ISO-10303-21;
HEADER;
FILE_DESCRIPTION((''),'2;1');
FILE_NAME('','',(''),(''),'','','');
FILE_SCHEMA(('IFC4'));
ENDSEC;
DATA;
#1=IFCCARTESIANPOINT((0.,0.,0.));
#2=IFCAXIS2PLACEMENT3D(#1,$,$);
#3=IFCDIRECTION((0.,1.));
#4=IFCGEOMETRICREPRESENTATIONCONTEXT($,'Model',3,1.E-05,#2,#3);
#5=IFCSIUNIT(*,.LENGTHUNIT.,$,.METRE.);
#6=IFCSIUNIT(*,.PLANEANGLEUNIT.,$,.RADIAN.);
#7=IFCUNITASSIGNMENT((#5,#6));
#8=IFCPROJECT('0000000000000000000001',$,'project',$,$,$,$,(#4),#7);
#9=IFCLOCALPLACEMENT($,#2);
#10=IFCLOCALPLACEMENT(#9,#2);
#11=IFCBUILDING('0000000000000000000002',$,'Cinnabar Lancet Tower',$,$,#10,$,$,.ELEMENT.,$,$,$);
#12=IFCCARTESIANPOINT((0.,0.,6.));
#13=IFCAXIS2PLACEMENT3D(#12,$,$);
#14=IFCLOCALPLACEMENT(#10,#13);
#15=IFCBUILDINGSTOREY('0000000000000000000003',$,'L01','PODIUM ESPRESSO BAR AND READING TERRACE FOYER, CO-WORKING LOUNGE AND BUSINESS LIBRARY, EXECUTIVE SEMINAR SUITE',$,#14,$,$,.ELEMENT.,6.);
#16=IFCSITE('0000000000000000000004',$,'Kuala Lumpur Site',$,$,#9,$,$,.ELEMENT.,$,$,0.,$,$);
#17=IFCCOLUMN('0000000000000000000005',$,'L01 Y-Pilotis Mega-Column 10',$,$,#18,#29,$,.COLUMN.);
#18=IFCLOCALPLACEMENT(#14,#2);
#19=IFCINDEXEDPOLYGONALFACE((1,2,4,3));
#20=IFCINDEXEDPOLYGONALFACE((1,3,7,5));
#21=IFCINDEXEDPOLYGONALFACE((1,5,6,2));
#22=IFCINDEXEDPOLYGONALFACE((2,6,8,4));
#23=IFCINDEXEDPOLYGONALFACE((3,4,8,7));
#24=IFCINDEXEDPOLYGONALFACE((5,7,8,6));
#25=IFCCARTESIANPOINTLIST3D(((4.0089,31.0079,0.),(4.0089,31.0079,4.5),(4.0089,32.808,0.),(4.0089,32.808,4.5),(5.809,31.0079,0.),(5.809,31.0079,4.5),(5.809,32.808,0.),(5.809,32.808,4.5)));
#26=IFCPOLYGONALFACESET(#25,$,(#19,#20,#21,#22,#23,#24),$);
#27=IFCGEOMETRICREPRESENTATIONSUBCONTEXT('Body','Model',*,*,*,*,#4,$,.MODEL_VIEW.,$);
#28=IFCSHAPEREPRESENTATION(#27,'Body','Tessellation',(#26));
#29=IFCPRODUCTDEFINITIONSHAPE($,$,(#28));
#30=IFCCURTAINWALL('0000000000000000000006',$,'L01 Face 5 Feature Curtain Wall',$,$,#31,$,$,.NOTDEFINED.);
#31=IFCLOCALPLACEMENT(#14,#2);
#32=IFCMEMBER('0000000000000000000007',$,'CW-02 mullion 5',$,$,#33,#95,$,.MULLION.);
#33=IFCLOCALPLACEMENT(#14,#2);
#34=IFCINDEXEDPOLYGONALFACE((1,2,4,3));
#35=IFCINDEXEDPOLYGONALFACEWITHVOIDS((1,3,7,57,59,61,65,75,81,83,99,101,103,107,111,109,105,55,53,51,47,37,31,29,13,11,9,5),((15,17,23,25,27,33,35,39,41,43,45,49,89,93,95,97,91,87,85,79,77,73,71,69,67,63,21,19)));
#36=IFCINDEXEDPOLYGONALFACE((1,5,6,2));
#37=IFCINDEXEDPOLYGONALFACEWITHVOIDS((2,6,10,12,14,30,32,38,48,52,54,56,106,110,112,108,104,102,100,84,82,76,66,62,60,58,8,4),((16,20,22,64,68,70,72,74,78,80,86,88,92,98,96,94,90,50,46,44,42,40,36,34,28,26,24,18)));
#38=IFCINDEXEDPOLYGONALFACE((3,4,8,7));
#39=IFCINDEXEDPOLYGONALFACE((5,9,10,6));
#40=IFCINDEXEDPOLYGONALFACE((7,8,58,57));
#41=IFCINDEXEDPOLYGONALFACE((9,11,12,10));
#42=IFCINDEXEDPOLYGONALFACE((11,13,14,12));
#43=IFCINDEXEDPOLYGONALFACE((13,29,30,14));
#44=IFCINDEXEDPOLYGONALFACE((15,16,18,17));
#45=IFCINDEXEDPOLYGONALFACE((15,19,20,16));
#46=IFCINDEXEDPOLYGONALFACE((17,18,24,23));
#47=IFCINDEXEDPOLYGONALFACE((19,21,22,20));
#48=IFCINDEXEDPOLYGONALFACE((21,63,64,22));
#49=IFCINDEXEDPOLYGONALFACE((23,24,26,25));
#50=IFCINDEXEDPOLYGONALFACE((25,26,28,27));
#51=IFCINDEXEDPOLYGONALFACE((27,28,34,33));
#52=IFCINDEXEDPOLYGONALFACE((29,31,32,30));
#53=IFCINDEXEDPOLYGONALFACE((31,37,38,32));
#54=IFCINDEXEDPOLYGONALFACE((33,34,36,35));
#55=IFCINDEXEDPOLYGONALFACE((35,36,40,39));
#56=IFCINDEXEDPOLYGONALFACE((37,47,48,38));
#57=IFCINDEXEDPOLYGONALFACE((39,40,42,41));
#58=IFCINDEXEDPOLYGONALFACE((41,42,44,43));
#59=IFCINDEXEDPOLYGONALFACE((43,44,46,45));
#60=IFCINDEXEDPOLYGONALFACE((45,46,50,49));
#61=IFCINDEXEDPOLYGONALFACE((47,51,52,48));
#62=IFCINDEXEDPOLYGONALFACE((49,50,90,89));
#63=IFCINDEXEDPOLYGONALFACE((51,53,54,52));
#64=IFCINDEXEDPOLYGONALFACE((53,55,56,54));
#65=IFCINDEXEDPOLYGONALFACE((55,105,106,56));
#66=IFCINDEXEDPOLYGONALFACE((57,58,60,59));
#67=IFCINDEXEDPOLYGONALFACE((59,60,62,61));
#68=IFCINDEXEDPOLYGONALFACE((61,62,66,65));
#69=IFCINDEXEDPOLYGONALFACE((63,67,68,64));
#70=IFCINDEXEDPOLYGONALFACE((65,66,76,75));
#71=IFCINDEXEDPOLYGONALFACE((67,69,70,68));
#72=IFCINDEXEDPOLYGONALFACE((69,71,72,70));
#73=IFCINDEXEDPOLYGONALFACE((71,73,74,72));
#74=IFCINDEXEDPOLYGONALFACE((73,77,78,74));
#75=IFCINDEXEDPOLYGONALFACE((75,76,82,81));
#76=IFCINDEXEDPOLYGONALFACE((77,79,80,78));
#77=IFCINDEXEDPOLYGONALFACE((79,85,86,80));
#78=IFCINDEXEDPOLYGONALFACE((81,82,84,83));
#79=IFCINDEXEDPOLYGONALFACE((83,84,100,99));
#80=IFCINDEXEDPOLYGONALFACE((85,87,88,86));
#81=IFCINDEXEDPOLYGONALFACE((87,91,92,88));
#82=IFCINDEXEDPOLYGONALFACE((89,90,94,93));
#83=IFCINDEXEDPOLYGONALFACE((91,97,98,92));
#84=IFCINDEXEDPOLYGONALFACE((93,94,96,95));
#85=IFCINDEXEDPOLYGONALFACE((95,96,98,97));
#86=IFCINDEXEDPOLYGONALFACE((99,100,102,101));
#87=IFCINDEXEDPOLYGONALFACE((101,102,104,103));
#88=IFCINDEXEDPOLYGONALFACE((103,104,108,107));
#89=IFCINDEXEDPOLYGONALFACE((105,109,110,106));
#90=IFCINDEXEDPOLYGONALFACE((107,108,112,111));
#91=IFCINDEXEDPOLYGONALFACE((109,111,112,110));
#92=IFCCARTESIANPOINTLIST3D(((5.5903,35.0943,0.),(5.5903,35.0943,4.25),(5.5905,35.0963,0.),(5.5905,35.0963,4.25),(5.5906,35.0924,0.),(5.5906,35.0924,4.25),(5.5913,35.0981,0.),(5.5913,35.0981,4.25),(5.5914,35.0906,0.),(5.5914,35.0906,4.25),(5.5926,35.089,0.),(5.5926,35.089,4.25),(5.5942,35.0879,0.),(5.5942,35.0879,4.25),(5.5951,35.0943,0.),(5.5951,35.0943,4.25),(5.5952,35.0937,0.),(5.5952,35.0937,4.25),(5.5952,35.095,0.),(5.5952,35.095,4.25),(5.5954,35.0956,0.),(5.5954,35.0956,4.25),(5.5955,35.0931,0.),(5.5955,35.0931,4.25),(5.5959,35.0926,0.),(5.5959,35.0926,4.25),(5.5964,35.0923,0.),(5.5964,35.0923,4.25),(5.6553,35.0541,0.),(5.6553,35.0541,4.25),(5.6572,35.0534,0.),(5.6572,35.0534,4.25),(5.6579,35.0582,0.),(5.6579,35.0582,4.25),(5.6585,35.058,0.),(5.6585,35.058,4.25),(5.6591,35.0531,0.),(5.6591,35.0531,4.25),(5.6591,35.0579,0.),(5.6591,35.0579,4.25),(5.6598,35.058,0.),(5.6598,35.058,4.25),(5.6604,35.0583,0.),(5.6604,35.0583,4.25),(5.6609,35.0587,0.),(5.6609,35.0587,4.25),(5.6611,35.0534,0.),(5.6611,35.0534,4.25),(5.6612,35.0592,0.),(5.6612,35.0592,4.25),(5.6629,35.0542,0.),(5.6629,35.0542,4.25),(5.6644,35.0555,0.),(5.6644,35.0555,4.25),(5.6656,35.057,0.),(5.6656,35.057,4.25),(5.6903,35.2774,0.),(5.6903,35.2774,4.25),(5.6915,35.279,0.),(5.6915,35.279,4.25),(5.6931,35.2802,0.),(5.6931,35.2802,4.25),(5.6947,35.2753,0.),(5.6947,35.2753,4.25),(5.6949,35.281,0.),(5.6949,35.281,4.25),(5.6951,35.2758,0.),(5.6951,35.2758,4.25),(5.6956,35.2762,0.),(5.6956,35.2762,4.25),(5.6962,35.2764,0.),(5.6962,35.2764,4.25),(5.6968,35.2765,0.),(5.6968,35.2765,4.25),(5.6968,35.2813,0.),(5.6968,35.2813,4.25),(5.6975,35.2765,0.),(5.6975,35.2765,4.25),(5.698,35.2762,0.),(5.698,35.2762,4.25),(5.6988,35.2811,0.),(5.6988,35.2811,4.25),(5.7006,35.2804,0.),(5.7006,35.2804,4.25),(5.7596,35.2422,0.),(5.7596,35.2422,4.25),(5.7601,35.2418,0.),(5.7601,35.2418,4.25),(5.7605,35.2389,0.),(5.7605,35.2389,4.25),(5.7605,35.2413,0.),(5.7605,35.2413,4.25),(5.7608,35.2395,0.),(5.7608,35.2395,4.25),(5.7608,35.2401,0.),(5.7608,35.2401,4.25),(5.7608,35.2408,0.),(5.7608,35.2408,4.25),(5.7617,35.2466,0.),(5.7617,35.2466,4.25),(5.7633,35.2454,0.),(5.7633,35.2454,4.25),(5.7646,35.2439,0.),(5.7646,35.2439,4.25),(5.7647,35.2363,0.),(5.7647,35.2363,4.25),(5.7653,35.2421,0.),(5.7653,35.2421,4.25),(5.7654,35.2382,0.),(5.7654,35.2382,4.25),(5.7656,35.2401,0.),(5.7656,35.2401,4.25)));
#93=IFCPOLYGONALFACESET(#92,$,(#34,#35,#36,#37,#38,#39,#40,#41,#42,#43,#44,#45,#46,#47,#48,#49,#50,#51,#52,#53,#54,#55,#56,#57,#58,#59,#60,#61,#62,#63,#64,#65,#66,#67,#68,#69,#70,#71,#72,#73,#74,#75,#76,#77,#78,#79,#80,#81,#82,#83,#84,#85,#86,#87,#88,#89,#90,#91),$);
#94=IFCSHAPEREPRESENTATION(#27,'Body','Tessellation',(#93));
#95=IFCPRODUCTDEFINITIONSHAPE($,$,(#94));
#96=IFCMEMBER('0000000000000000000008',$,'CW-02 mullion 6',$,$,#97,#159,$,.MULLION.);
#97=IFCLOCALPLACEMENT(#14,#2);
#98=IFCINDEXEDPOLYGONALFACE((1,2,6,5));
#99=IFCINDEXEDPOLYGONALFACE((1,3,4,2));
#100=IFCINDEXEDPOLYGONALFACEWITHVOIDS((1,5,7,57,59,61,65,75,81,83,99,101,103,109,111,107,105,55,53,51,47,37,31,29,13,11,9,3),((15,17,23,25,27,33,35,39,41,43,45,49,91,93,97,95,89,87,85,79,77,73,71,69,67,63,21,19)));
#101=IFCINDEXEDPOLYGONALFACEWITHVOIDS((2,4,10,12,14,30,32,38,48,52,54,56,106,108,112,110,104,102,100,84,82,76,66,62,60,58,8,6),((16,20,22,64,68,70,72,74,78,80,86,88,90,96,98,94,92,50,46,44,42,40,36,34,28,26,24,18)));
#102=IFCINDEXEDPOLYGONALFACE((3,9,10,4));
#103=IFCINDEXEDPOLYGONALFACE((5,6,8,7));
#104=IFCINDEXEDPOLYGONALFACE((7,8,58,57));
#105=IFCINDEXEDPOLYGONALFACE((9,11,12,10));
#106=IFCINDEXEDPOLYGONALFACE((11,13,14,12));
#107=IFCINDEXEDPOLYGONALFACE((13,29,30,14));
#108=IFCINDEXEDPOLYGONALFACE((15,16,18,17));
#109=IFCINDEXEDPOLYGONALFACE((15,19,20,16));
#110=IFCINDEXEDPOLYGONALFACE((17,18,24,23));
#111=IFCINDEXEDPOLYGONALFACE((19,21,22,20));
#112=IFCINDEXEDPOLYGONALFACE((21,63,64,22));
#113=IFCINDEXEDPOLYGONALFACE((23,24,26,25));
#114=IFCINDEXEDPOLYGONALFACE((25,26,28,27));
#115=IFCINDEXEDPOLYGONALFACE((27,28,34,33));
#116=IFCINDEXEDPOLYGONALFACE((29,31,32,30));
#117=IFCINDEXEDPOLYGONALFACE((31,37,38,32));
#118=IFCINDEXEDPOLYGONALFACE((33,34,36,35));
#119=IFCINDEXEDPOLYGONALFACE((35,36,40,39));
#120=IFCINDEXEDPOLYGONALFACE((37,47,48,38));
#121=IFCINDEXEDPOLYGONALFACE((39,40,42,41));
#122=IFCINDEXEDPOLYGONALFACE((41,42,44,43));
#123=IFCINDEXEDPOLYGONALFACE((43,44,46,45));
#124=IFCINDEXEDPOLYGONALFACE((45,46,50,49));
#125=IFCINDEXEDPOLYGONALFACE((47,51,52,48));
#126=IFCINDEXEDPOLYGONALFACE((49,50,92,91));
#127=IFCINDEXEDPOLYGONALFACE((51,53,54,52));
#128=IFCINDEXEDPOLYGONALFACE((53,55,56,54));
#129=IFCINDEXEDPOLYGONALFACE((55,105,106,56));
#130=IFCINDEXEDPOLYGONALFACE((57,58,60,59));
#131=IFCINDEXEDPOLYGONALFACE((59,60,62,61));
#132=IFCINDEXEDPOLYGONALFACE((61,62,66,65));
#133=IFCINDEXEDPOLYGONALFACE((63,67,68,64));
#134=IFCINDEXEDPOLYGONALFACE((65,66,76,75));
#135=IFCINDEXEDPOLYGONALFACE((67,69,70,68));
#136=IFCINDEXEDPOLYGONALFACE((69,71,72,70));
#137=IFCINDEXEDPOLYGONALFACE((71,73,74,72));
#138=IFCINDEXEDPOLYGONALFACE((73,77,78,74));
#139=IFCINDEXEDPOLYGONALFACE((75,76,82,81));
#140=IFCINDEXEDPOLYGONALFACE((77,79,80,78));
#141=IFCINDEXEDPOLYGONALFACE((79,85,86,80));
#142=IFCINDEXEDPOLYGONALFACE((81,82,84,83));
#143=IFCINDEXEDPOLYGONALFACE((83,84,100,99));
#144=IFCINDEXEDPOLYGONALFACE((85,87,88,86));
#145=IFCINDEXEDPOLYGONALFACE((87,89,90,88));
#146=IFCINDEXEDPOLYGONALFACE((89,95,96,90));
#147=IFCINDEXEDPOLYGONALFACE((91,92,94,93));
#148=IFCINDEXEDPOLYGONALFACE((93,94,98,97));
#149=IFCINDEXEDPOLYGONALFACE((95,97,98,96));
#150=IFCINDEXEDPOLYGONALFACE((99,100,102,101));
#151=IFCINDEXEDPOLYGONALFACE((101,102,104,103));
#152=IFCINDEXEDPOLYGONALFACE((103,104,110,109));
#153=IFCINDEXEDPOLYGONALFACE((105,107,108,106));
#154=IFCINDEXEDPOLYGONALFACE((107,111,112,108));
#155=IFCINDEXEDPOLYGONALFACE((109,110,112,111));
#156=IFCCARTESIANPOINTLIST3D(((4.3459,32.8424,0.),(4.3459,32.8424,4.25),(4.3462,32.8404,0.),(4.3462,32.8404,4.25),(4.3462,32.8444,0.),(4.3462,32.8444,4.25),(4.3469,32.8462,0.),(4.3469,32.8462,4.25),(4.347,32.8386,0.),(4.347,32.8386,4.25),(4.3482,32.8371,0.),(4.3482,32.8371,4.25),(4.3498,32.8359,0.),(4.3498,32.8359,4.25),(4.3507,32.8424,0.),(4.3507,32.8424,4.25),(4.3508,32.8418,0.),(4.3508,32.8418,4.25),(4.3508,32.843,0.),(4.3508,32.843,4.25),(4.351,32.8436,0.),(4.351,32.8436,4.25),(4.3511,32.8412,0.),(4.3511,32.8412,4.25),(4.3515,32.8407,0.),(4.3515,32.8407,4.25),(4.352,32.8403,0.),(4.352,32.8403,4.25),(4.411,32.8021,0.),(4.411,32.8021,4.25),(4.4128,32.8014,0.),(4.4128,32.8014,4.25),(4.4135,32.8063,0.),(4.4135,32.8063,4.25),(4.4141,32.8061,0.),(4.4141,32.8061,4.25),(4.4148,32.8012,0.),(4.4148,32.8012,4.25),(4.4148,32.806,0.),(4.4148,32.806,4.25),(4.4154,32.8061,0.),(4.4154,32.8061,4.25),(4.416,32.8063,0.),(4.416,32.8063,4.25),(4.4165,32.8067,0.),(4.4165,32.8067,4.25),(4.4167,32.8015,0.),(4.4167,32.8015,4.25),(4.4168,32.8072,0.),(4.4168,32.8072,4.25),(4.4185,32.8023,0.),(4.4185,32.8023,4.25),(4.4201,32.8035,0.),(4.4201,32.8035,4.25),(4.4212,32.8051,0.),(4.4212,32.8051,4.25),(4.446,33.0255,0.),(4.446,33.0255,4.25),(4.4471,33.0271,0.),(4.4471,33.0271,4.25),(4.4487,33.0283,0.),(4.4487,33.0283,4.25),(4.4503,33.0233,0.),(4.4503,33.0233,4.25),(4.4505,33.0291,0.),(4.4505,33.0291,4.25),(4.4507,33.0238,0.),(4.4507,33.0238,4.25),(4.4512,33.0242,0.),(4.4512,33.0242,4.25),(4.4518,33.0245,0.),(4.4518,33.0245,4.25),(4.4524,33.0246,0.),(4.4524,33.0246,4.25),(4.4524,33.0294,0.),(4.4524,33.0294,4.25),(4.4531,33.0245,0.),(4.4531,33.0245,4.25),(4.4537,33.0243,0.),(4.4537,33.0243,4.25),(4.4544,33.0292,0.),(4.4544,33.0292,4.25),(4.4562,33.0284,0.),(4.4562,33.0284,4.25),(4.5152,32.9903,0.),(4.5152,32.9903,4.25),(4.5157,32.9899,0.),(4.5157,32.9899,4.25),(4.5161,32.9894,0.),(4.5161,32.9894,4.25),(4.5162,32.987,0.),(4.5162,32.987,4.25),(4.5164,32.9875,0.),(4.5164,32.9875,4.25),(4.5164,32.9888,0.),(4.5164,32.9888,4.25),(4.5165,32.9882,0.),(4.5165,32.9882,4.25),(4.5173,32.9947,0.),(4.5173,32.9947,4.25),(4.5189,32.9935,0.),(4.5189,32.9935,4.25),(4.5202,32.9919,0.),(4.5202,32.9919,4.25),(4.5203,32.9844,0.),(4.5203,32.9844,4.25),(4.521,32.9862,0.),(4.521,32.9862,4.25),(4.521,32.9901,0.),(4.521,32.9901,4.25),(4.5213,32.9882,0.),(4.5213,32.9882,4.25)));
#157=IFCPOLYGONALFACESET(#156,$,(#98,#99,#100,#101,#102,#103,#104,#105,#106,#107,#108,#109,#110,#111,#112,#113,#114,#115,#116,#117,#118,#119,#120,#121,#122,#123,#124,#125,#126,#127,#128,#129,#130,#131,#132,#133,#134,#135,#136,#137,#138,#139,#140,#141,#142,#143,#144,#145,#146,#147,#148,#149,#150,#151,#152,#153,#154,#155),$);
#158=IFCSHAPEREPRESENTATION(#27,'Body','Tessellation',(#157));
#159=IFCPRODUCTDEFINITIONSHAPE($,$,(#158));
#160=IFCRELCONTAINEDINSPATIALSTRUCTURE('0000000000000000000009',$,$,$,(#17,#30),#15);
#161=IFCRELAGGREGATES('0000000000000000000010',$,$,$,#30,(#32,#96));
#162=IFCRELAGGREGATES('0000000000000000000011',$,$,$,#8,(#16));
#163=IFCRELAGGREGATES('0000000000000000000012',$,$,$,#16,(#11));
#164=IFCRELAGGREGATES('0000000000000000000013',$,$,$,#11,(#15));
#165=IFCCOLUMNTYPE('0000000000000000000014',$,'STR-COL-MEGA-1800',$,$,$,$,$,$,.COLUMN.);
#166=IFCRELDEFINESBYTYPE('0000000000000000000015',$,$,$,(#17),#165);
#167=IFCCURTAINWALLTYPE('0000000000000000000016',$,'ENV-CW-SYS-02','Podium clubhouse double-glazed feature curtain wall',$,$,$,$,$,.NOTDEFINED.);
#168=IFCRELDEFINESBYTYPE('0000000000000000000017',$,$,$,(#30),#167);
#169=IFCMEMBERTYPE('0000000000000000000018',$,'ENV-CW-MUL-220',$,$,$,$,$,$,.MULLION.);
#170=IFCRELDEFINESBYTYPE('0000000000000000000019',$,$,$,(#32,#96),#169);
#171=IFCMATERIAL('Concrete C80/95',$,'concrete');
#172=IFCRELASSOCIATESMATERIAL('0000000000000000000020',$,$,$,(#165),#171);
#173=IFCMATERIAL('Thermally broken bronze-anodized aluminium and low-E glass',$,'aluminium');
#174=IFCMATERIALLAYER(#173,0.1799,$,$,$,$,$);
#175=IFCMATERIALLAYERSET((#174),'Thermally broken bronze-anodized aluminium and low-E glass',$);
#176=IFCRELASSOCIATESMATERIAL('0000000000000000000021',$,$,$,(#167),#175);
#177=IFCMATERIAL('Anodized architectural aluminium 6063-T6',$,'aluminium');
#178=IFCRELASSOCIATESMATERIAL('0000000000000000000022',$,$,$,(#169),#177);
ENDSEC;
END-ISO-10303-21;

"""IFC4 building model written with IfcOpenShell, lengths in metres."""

from ifc_helpers import new_model, si_unit, direction, frame, origin, origin_2d, place, context, subcontext, project, spatial, rectangle, hollow_rectangle, extrude, material, layer, layer_set, material_profile, profile_set, type_object, element, aggregate, save


model = new_model("IFC4")

# Units and contexts
model_context = context("Model", 3, precision=1e-05, world=origin(), true_north=direction((0.0, 1.0)))
body_context = subcontext(model_context, "Body", "Model", "MODEL_VIEW")
ifc_project = project(units=[si_unit("LENGTHUNIT", "METRE"), si_unit("PLANEANGLEUNIT", "RADIAN")], contexts=[model_context])

# Site, building, storey
site_placement = place(None, origin())
site = spatial("IfcSite", under=ifc_project, at=site_placement, Name="Kuala Lumpur Site", CompositionType="ELEMENT", RefElevation=0.0)
building_placement = place(site_placement, origin())
building = spatial("IfcBuilding", under=site, at=building_placement, Name="Cinnabar Lancet Tower", CompositionType="ELEMENT")
storey_placement = place(building_placement, frame((0.0, 0.0, 6.0)))
storey = spatial("IfcBuildingStorey", under=building, at=storey_placement, Name="L01", Description="PODIUM ESPRESSO BAR AND READING TERRACE FOYER, CO-WORKING LOUNGE AND BUSINESS LIBRARY, EXECUTIVE SEMINAR SUITE", CompositionType="ELEMENT", Elevation=6.0)

# Column
ifc_material_1 = material(Name="Concrete C80/95", Category="concrete")
ifc_material_profile_1 = material_profile(ifc_material_1, rectangle(XDim=1.8, YDim=1.8, at=origin_2d()), Name="RC-MEGA 1800x1800")
ifc_profile_set_1 = profile_set([ifc_material_profile_1], Name="Concrete C80/95")
column_type = type_object("IfcColumnType", Name="STR-COL-MEGA-1800", PredefinedType="COLUMN", material=ifc_profile_set_1)
column_placement = place(storey_placement, frame((4.9089, 31.908, 0.0), z_axis=(0.0, 0.0, 1.0), x_axis=(1.0, 0.0, 0.0)))
element("IfcColumn", 1, at=column_placement, inside=storey, type_object=column_type, Name="L01 Y-Pilotis Mega-Column 10", PredefinedType="COLUMN", context=body_context, shape_type="SweptSolid", body=[
    extrude(rectangle(XDim=1.8, YDim=1.8, at=origin_2d()), origin(), (0.0, 0.0, 1.0), 4.5),
])

# Curtain wall, members
ifc_material_2 = material(Name="Thermally broken bronze-anodized aluminium and low-E glass", Category="aluminium")
ifc_layer_1 = layer(ifc_material_2, 0.1799)
ifc_layer_set_1 = layer_set([ifc_layer_1], Name="Thermally broken bronze-anodized aluminium and low-E glass")
curtain_wall_type = type_object("IfcCurtainWallType", Name="ENV-CW-SYS-02", Description="Podium clubhouse double-glazed feature curtain wall", PredefinedType="NOTDEFINED", material=ifc_layer_set_1)
curtain_wall_placement = place(storey_placement, origin())
curtain_wall = element("IfcCurtainWall", 2, at=curtain_wall_placement, inside=storey, type_object=curtain_wall_type, Name="L01 Face 5 Feature Curtain Wall", PredefinedType="NOTDEFINED")
ifc_material_3 = material(Name="Anodized architectural aluminium 6063-T6", Category="aluminium")
ifc_material_profile_2 = material_profile(ifc_material_3, hollow_rectangle(XDim=0.085, YDim=0.22, WallThickness=0.0049, InnerFilletRadius=0.0024, OuterFilletRadius=0.0076, at=origin_2d()), Name="CW-MUL 220x85x5")
ifc_profile_set_2 = profile_set([ifc_material_profile_2], Name="Anodized architectural aluminium 6063-T6")
member_type_1 = type_object("IfcMemberType", Name="ENV-CW-MUL-220", PredefinedType="MULLION", material=ifc_profile_set_2)
member_1_placement = place(storey_placement, frame((5.678, 35.1672, 0.0), z_axis=(0.0, 0.0, 1.0), x_axis=(0.875242, -0.483685, 0.0)))
member_1 = element("IfcMember", 3, at=member_1_placement, type_object=member_type_1, Name="CW-02 mullion 5", PredefinedType="MULLION", context=body_context, shape_type="SweptSolid", body=[
    extrude(hollow_rectangle(XDim=0.085, YDim=0.22, WallThickness=0.0049, InnerFilletRadius=0.0024, OuterFilletRadius=0.0076, at=origin_2d()), origin(), (0.0, 0.0, 1.0), 4.25),
])
member_2_placement = place(storey_placement, frame((4.4336, 32.9153, 0.0), z_axis=(0.0, 0.0, 1.0), x_axis=(0.875242, -0.483685, 0.0)))
member_2 = element("IfcMember", 4, at=member_2_placement, type_object=member_type_1, Name="CW-02 mullion 6", PredefinedType="MULLION", context=body_context, shape_type="SweptSolid", body=[
    extrude(hollow_rectangle(XDim=0.085, YDim=0.22, WallThickness=0.0049, InnerFilletRadius=0.0024, OuterFilletRadius=0.0076, at=origin_2d()), origin(), (0.0, 0.0, 1.0), 4.25),
])

aggregate(curtain_wall, [member_1, member_2])

save(model, "model.ifc")
